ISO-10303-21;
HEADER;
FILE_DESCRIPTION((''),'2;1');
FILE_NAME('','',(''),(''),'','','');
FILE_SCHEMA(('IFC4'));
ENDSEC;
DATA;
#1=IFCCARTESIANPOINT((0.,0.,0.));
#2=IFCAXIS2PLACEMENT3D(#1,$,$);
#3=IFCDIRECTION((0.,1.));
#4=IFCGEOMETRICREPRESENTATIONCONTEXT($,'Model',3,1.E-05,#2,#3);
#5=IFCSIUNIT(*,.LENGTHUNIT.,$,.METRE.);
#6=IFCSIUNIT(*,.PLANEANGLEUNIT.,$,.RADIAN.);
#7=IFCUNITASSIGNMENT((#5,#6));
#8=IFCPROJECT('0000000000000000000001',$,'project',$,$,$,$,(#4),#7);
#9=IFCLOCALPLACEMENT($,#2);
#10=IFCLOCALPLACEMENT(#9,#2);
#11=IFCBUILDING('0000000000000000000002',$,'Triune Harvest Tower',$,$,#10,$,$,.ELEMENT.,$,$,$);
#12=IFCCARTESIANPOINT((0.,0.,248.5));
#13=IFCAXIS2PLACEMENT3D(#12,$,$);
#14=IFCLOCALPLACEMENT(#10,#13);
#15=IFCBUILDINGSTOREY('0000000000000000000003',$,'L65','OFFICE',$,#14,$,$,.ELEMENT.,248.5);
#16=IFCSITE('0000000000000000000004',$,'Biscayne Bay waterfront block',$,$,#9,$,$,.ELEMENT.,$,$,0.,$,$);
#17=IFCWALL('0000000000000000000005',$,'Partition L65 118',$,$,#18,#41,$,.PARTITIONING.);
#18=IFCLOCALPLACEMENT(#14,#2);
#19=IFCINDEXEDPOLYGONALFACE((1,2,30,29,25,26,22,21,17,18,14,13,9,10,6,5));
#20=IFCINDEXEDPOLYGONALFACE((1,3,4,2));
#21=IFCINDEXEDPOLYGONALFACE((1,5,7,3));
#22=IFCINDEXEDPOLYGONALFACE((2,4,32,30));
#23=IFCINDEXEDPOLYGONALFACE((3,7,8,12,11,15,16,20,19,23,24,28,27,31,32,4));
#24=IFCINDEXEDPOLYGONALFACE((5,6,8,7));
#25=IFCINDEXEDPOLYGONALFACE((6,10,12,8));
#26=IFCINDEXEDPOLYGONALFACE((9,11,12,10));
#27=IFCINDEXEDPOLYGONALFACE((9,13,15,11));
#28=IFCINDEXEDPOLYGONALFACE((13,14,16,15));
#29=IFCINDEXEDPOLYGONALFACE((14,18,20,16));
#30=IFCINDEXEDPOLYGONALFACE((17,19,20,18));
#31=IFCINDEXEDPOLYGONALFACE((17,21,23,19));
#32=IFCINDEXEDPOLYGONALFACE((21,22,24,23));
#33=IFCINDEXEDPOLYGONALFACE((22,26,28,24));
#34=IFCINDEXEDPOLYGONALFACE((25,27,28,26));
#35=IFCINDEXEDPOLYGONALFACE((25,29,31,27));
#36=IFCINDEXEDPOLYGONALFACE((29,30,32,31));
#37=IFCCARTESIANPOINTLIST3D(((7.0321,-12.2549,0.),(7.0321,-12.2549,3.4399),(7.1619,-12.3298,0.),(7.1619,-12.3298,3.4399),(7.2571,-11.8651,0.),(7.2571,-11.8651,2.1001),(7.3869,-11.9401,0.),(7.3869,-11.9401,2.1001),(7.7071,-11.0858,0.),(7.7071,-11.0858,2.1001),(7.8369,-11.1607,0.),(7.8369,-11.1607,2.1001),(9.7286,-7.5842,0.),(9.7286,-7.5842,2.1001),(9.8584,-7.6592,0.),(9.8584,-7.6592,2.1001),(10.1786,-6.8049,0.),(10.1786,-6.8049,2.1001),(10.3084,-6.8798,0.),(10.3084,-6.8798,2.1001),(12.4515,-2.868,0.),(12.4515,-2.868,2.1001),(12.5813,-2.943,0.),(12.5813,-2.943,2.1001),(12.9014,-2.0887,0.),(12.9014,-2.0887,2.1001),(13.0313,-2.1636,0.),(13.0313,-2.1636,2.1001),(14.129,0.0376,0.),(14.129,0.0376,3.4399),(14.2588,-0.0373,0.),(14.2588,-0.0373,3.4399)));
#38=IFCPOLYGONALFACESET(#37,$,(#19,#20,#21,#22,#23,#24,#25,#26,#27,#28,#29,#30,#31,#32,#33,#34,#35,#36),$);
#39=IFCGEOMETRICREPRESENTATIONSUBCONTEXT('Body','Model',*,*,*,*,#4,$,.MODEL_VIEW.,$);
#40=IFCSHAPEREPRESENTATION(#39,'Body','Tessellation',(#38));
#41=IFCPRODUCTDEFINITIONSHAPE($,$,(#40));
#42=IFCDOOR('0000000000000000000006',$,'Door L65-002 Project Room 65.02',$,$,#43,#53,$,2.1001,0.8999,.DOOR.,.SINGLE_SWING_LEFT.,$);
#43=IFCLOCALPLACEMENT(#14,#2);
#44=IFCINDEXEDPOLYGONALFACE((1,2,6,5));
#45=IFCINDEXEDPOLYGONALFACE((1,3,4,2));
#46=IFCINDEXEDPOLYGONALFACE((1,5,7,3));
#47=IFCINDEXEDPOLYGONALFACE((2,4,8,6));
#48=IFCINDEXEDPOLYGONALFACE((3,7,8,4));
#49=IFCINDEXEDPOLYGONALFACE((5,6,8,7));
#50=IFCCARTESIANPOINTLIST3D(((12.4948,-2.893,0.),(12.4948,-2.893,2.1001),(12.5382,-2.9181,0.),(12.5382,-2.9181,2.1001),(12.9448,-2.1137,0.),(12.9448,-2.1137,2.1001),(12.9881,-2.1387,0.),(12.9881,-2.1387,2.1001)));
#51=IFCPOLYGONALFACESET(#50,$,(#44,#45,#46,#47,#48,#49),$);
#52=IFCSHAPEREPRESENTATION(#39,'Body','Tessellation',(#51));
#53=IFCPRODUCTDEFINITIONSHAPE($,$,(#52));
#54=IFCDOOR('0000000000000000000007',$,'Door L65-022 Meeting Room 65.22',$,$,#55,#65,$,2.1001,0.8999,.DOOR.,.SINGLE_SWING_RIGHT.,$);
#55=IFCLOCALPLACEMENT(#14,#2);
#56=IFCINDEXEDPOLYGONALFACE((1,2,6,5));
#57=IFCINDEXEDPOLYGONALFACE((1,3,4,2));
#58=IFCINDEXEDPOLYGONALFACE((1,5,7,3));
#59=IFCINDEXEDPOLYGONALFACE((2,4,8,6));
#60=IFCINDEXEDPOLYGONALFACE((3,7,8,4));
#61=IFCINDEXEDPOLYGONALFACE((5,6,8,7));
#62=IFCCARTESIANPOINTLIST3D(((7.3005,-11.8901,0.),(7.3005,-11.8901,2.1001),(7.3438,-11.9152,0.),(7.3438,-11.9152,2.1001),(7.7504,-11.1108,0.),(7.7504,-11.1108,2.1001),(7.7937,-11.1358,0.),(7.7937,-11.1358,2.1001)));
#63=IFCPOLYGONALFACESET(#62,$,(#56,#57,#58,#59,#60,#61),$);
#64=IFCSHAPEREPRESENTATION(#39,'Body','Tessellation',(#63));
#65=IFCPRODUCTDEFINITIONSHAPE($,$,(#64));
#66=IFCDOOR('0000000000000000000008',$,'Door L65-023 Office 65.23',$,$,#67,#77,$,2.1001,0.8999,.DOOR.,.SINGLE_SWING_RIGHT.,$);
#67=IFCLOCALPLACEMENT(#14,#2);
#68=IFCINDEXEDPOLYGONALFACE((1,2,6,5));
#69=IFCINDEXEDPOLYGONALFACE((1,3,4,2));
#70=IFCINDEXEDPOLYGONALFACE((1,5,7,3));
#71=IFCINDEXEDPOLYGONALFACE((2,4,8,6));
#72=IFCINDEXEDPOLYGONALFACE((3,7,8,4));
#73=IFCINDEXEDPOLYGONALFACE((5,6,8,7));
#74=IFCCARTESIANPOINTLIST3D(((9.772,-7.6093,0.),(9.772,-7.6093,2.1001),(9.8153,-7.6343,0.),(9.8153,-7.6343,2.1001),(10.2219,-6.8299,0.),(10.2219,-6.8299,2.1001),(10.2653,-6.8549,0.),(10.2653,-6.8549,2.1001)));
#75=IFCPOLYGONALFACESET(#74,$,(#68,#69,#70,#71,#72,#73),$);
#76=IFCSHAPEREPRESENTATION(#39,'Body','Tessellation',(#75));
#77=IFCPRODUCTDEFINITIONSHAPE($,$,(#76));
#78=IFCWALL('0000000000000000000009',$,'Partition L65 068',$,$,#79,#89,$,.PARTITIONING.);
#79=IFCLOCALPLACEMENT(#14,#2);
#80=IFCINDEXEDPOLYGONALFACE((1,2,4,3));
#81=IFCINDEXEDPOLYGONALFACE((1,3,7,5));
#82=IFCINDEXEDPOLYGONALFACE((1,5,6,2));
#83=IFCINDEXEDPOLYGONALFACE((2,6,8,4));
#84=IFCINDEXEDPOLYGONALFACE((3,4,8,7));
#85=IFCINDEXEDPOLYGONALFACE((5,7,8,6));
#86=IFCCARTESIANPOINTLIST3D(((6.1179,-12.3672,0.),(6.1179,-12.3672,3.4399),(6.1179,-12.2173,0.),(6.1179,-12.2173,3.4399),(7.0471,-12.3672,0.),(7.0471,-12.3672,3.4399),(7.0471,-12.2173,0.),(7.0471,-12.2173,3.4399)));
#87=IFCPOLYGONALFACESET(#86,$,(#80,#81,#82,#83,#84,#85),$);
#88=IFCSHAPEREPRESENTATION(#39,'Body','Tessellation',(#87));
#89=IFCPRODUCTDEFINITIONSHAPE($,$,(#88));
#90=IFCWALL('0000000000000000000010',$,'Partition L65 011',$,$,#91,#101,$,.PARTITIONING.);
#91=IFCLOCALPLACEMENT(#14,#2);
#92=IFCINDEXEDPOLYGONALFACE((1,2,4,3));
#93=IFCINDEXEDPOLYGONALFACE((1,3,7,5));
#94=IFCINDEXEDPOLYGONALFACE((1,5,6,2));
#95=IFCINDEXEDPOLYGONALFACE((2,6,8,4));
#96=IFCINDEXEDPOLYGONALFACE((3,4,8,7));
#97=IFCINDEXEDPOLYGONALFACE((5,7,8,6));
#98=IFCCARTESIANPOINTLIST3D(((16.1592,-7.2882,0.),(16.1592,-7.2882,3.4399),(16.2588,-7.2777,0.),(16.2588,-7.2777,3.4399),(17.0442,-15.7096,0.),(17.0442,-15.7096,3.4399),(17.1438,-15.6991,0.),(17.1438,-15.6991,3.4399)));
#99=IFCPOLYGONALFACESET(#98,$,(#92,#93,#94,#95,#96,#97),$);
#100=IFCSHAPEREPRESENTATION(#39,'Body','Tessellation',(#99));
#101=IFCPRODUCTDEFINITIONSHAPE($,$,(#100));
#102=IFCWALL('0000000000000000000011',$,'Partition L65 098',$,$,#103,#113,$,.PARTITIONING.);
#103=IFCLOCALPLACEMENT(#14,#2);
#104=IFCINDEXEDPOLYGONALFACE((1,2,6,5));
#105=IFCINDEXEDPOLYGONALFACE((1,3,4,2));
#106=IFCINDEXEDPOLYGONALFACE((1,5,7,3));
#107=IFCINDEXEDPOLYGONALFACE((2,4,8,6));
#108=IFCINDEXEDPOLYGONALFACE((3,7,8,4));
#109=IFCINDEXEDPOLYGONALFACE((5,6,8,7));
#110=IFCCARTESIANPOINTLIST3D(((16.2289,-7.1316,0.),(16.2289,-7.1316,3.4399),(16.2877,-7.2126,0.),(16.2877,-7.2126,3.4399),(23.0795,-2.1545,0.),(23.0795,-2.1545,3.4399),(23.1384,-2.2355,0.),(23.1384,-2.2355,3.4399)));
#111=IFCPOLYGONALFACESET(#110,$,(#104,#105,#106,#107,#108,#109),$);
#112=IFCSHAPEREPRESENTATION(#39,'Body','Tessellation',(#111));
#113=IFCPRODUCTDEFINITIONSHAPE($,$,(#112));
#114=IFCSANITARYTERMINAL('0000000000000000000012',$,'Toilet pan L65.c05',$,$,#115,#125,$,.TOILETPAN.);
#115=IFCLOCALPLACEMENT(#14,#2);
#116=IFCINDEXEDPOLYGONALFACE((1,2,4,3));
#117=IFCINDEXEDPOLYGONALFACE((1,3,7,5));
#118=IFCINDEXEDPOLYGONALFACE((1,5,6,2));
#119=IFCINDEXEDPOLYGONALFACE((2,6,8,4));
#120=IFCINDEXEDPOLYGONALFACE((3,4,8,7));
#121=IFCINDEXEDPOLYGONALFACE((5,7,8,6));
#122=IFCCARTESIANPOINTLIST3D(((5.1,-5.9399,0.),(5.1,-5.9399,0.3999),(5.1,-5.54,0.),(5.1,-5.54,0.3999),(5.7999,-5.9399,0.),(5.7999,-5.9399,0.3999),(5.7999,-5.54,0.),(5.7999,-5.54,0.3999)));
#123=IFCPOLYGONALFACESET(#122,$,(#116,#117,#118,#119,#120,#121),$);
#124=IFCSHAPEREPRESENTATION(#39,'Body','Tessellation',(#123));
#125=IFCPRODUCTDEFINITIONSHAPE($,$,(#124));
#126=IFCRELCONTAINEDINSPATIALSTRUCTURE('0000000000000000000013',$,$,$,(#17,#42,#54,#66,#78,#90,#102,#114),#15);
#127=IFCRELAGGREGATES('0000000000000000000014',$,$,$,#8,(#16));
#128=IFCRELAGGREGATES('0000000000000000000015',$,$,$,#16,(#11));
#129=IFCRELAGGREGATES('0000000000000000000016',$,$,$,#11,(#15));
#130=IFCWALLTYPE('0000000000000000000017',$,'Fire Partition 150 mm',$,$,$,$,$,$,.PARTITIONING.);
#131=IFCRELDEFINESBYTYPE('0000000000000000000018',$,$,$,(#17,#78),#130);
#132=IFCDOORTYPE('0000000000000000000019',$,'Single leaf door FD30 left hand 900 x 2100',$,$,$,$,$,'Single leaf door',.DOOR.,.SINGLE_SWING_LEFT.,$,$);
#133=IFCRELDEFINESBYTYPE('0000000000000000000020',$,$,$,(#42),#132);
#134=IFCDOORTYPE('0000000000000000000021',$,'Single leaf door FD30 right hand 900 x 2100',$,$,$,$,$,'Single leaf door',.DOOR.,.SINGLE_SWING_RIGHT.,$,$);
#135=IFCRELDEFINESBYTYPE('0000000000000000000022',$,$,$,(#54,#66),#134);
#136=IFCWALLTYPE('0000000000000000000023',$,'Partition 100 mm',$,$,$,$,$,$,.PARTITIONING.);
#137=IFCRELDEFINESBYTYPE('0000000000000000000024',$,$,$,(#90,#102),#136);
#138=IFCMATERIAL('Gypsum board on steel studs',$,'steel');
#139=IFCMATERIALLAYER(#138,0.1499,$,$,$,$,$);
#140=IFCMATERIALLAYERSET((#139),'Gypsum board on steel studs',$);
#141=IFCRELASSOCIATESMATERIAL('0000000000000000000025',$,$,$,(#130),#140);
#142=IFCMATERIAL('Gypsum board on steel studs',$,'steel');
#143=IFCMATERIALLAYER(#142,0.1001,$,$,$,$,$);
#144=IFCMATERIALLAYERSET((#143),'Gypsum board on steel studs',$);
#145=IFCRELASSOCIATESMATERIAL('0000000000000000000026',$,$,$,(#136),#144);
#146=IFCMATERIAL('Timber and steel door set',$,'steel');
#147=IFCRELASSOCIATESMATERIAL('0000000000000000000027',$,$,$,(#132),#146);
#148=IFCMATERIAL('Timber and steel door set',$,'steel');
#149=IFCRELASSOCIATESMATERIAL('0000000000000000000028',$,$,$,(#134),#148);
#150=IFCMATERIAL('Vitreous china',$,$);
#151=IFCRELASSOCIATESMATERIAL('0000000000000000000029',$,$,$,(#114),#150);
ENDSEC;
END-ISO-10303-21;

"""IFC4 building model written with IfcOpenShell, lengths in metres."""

from ifc_helpers import new_model, si_unit, direction, frame, frame_2d, origin, origin_2d, place, context, subcontext, project, spatial, rectangle, extrude, source, transform, mapped, material, layer, layer_set, type_object, element, fill, save


model = new_model("IFC4")

# Units and contexts
model_context = context("Model", 3, precision=1e-05, world=origin(), true_north=direction((0.0, 1.0)))
body_context = subcontext(model_context, "Body", "Model", "MODEL_VIEW")
ifc_project = project(units=[si_unit("LENGTHUNIT", "METRE"), si_unit("PLANEANGLEUNIT", "RADIAN")], contexts=[model_context])

# Site, building, storey
site_placement = place(None, origin())
site = spatial("IfcSite", under=ifc_project, at=site_placement, Name="Biscayne Bay waterfront block", CompositionType="ELEMENT", RefElevation=0.0)
building_placement = place(site_placement, origin())
building = spatial("IfcBuilding", under=site, at=building_placement, Name="Triune Harvest Tower", CompositionType="ELEMENT")
storey_placement = place(building_placement, frame((0.0, 0.0, 248.5)))
storey = spatial("IfcBuildingStorey", under=building, at=storey_placement, Name="L65", Description="OFFICE", CompositionType="ELEMENT", Elevation=248.5)

# Shared definitions
ifc_material_1 = material(Name="Gypsum board on steel studs", Category="steel")
ifc_layer_1 = layer(ifc_material_1, 0.1499)
ifc_layer_set_1 = layer_set([ifc_layer_1], Name="Gypsum board on steel studs")
wall_type_1 = type_object("IfcWallType", Name="Fire Partition 150 mm", PredefinedType="PARTITIONING", material=ifc_layer_set_1)
ifc_material_2 = material(Name="Gypsum board on steel studs", Category="steel")
ifc_layer_2 = layer(ifc_material_2, 0.1001)
ifc_layer_set_2 = layer_set([ifc_layer_2], Name="Gypsum board on steel studs")
wall_type_2 = type_object("IfcWallType", Name="Partition 100 mm", PredefinedType="PARTITIONING", material=ifc_layer_set_2)

# Wall, openings, doors
shared_shape_1 = source(origin(), body_context, "Body", "SweptSolid", [
    extrude(rectangle(XDim=14.1941, YDim=0.1499, at=frame_2d((7.0972, 0.0))), origin(), (0.0, 0.0, 1.0), 3.4399),
])
wall_1_placement = place(storey_placement, frame((7.0969, -12.2925, 0.0), z_axis=(0.0, 0.0, 1.0), x_axis=(0.499992, 0.86603, 0.0)))
wall_1 = element("IfcWall", 1, at=wall_1_placement, inside=storey, type_object=wall_type_1, Name="Partition L65 118", PredefinedType="PARTITIONING", context=body_context, shape_type="MappedRepresentation", body=[
    mapped(shared_shape_1, transform((0.0, 0.0, 0.0), scale=1.0)),
])
opening_1_placement = place(wall_1_placement, frame((10.8391, 0.0, 0.0)))
opening_1 = element("IfcOpeningElement", 2, at=opening_1_placement, cuts=wall_1, PredefinedType="OPENING", context=body_context, shape_type="SweptSolid", body=[
    extrude(rectangle(XDim=0.8999, YDim=2.1001, at=frame_2d((0.45, 1.05))), frame((0.0, 0.085, 0.0), z_axis=(0.0, -1.0, 0.0), x_axis=(1.0, 0.0, 0.0)), (0.0, 0.0, 1.0), 0.1699),
])
opening_2_placement = place(wall_1_placement, frame((0.4502, 0.0, 0.0)))
opening_2 = element("IfcOpeningElement", 3, at=opening_2_placement, cuts=wall_1, PredefinedType="OPENING", context=body_context, shape_type="SweptSolid", body=[
    extrude(rectangle(XDim=0.8999, YDim=2.1001, at=frame_2d((0.45, 1.05))), frame((0.0, 0.085, 0.0), z_axis=(0.0, -1.0, 0.0), x_axis=(1.0, 0.0, 0.0)), (0.0, 0.0, 1.0), 0.1699),
])
opening_3_placement = place(wall_1_placement, frame((5.3933, 0.0, 0.0)))
opening_3 = element("IfcOpeningElement", 4, at=opening_3_placement, cuts=wall_1, PredefinedType="OPENING", context=body_context, shape_type="SweptSolid", body=[
    extrude(rectangle(XDim=0.8999, YDim=2.1001, at=frame_2d((0.45, 1.05))), frame((0.0, 0.085, 0.0), z_axis=(0.0, -1.0, 0.0), x_axis=(1.0, 0.0, 0.0)), (0.0, 0.0, 1.0), 0.1699),
])
ifc_material_3 = material(Name="Timber and steel door set", Category="steel")
door_type_1 = type_object("IfcDoorType", Name="Single leaf door FD30 left hand 900 x 2100", ElementType="Single leaf door", OperationType="SINGLE_SWING_LEFT", PredefinedType="DOOR", material=ifc_material_3)
door_1_placement = place(opening_1_placement, origin())
door_1 = element("IfcDoor", 5, at=door_1_placement, inside=storey, type_object=door_type_1, Name="Door L65-002 Project Room 65.02", OperationType="SINGLE_SWING_LEFT", OverallHeight=2.1001, OverallWidth=0.8999, PredefinedType="DOOR", context=body_context, shape_type="SweptSolid", body=[
    extrude(rectangle(XDim=0.8999, YDim=2.1001, at=frame_2d((0.45, 1.05))), frame((0.0, 0.0249, 0.0), z_axis=(0.0, -1.0, 0.0), x_axis=(1.0, 0.0, 0.0)), (0.0, 0.0, 1.0), 0.05),
])
fill(opening_1, door_1)
ifc_material_4 = material(Name="Timber and steel door set", Category="steel")
door_type_2 = type_object("IfcDoorType", Name="Single leaf door FD30 right hand 900 x 2100", ElementType="Single leaf door", OperationType="SINGLE_SWING_RIGHT", PredefinedType="DOOR", material=ifc_material_4)
door_2_placement = place(opening_2_placement, origin())
door_2 = element("IfcDoor", 6, at=door_2_placement, inside=storey, type_object=door_type_2, Name="Door L65-022 Meeting Room 65.22", OperationType="SINGLE_SWING_RIGHT", OverallHeight=2.1001, OverallWidth=0.8999, PredefinedType="DOOR", context=body_context, shape_type="SweptSolid", body=[
    extrude(rectangle(XDim=0.8999, YDim=2.1001, at=frame_2d((0.45, 1.05))), frame((0.0, 0.0249, 0.0), z_axis=(0.0, -1.0, 0.0), x_axis=(1.0, 0.0, 0.0)), (0.0, 0.0, 1.0), 0.05),
])
fill(opening_2, door_2)
door_3_placement = place(opening_3_placement, origin())
door_3 = element("IfcDoor", 7, at=door_3_placement, inside=storey, type_object=door_type_2, Name="Door L65-023 Office 65.23", OperationType="SINGLE_SWING_RIGHT", OverallHeight=2.1001, OverallWidth=0.8999, PredefinedType="DOOR", context=body_context, shape_type="SweptSolid", body=[
    extrude(rectangle(XDim=0.8999, YDim=2.1001, at=frame_2d((0.45, 1.05))), frame((0.0, 0.0249, 0.0), z_axis=(0.0, -1.0, 0.0), x_axis=(1.0, 0.0, 0.0)), (0.0, 0.0, 1.0), 0.05),
])
fill(opening_3, door_3)

# Walls
shared_shape_2 = source(origin(), body_context, "Body", "SweptSolid", [
    extrude(rectangle(XDim=0.9292, YDim=0.1499, at=frame_2d((0.4646, 0.0))), origin(), (0.0, 0.0, 1.0), 3.4399),
])
wall_2_placement = place(storey_placement, frame((6.1179, -12.2922, 0.0), z_axis=(0.0, 0.0, 1.0), x_axis=(1.0, 0.0, 0.0)))
element("IfcWall", 8, at=wall_2_placement, inside=storey, type_object=wall_type_1, Name="Partition L65 068", PredefinedType="PARTITIONING", context=body_context, shape_type="MappedRepresentation", body=[
    mapped(shared_shape_2, transform((0.0, 0.0, 0.0), scale=1.0)),
])
shared_shape_3 = source(origin(), body_context, "Body", "SweptSolid", [
    extrude(rectangle(XDim=8.4678, YDim=0.1001, at=frame_2d((4.2339, 0.0))), origin(), (0.0, 0.0, 1.0), 3.4399),
])
for number, where, z_axis, x_axis, name in (
    (9, (16.209, -7.283, 0.0), (0.0, 0.0, 1.0), (0.104515, -0.994523, 0.0), "Partition L65 011"),
    (10, (16.2583, -7.1721, 0.0), (0.0, 0.0, 1.0), (0.809028, 0.58777, 0.0), "Partition L65 098"),
):
    element("IfcWall", number, at=place(storey_placement, frame(where, z_axis=z_axis, x_axis=x_axis)), inside=storey, type_object=wall_type_2, Name=name, PredefinedType="PARTITIONING", context=body_context, shape_type="MappedRepresentation", body=[
        mapped(shared_shape_3, transform((0.0, 0.0, 0.0), scale=1.0)),
    ])

# Sanitary terminal
ifc_material_5 = material(Name="Vitreous china")
shared_shape_4 = source(origin(), body_context, "Body", "SweptSolid", [
    extrude(rectangle(XDim=0.3999, YDim=0.7, at=origin_2d()), origin(), (0.0, 0.0, 1.0), 0.3999),
])
sanitary_terminal_placement = place(storey_placement, frame((5.45, -5.74, 0.0), z_axis=(0.0, 0.0, 1.0), x_axis=(0.0, 1.0, 0.0)))
element("IfcSanitaryTerminal", 11, at=sanitary_terminal_placement, inside=storey, material=ifc_material_5, Name="Toilet pan L65.c05", PredefinedType="TOILETPAN", context=body_context, shape_type="MappedRepresentation", body=[
    mapped(shared_shape_4, transform((0.0, 0.0, 0.0), scale=1.0)),
])

save(model, "model.ifc")
